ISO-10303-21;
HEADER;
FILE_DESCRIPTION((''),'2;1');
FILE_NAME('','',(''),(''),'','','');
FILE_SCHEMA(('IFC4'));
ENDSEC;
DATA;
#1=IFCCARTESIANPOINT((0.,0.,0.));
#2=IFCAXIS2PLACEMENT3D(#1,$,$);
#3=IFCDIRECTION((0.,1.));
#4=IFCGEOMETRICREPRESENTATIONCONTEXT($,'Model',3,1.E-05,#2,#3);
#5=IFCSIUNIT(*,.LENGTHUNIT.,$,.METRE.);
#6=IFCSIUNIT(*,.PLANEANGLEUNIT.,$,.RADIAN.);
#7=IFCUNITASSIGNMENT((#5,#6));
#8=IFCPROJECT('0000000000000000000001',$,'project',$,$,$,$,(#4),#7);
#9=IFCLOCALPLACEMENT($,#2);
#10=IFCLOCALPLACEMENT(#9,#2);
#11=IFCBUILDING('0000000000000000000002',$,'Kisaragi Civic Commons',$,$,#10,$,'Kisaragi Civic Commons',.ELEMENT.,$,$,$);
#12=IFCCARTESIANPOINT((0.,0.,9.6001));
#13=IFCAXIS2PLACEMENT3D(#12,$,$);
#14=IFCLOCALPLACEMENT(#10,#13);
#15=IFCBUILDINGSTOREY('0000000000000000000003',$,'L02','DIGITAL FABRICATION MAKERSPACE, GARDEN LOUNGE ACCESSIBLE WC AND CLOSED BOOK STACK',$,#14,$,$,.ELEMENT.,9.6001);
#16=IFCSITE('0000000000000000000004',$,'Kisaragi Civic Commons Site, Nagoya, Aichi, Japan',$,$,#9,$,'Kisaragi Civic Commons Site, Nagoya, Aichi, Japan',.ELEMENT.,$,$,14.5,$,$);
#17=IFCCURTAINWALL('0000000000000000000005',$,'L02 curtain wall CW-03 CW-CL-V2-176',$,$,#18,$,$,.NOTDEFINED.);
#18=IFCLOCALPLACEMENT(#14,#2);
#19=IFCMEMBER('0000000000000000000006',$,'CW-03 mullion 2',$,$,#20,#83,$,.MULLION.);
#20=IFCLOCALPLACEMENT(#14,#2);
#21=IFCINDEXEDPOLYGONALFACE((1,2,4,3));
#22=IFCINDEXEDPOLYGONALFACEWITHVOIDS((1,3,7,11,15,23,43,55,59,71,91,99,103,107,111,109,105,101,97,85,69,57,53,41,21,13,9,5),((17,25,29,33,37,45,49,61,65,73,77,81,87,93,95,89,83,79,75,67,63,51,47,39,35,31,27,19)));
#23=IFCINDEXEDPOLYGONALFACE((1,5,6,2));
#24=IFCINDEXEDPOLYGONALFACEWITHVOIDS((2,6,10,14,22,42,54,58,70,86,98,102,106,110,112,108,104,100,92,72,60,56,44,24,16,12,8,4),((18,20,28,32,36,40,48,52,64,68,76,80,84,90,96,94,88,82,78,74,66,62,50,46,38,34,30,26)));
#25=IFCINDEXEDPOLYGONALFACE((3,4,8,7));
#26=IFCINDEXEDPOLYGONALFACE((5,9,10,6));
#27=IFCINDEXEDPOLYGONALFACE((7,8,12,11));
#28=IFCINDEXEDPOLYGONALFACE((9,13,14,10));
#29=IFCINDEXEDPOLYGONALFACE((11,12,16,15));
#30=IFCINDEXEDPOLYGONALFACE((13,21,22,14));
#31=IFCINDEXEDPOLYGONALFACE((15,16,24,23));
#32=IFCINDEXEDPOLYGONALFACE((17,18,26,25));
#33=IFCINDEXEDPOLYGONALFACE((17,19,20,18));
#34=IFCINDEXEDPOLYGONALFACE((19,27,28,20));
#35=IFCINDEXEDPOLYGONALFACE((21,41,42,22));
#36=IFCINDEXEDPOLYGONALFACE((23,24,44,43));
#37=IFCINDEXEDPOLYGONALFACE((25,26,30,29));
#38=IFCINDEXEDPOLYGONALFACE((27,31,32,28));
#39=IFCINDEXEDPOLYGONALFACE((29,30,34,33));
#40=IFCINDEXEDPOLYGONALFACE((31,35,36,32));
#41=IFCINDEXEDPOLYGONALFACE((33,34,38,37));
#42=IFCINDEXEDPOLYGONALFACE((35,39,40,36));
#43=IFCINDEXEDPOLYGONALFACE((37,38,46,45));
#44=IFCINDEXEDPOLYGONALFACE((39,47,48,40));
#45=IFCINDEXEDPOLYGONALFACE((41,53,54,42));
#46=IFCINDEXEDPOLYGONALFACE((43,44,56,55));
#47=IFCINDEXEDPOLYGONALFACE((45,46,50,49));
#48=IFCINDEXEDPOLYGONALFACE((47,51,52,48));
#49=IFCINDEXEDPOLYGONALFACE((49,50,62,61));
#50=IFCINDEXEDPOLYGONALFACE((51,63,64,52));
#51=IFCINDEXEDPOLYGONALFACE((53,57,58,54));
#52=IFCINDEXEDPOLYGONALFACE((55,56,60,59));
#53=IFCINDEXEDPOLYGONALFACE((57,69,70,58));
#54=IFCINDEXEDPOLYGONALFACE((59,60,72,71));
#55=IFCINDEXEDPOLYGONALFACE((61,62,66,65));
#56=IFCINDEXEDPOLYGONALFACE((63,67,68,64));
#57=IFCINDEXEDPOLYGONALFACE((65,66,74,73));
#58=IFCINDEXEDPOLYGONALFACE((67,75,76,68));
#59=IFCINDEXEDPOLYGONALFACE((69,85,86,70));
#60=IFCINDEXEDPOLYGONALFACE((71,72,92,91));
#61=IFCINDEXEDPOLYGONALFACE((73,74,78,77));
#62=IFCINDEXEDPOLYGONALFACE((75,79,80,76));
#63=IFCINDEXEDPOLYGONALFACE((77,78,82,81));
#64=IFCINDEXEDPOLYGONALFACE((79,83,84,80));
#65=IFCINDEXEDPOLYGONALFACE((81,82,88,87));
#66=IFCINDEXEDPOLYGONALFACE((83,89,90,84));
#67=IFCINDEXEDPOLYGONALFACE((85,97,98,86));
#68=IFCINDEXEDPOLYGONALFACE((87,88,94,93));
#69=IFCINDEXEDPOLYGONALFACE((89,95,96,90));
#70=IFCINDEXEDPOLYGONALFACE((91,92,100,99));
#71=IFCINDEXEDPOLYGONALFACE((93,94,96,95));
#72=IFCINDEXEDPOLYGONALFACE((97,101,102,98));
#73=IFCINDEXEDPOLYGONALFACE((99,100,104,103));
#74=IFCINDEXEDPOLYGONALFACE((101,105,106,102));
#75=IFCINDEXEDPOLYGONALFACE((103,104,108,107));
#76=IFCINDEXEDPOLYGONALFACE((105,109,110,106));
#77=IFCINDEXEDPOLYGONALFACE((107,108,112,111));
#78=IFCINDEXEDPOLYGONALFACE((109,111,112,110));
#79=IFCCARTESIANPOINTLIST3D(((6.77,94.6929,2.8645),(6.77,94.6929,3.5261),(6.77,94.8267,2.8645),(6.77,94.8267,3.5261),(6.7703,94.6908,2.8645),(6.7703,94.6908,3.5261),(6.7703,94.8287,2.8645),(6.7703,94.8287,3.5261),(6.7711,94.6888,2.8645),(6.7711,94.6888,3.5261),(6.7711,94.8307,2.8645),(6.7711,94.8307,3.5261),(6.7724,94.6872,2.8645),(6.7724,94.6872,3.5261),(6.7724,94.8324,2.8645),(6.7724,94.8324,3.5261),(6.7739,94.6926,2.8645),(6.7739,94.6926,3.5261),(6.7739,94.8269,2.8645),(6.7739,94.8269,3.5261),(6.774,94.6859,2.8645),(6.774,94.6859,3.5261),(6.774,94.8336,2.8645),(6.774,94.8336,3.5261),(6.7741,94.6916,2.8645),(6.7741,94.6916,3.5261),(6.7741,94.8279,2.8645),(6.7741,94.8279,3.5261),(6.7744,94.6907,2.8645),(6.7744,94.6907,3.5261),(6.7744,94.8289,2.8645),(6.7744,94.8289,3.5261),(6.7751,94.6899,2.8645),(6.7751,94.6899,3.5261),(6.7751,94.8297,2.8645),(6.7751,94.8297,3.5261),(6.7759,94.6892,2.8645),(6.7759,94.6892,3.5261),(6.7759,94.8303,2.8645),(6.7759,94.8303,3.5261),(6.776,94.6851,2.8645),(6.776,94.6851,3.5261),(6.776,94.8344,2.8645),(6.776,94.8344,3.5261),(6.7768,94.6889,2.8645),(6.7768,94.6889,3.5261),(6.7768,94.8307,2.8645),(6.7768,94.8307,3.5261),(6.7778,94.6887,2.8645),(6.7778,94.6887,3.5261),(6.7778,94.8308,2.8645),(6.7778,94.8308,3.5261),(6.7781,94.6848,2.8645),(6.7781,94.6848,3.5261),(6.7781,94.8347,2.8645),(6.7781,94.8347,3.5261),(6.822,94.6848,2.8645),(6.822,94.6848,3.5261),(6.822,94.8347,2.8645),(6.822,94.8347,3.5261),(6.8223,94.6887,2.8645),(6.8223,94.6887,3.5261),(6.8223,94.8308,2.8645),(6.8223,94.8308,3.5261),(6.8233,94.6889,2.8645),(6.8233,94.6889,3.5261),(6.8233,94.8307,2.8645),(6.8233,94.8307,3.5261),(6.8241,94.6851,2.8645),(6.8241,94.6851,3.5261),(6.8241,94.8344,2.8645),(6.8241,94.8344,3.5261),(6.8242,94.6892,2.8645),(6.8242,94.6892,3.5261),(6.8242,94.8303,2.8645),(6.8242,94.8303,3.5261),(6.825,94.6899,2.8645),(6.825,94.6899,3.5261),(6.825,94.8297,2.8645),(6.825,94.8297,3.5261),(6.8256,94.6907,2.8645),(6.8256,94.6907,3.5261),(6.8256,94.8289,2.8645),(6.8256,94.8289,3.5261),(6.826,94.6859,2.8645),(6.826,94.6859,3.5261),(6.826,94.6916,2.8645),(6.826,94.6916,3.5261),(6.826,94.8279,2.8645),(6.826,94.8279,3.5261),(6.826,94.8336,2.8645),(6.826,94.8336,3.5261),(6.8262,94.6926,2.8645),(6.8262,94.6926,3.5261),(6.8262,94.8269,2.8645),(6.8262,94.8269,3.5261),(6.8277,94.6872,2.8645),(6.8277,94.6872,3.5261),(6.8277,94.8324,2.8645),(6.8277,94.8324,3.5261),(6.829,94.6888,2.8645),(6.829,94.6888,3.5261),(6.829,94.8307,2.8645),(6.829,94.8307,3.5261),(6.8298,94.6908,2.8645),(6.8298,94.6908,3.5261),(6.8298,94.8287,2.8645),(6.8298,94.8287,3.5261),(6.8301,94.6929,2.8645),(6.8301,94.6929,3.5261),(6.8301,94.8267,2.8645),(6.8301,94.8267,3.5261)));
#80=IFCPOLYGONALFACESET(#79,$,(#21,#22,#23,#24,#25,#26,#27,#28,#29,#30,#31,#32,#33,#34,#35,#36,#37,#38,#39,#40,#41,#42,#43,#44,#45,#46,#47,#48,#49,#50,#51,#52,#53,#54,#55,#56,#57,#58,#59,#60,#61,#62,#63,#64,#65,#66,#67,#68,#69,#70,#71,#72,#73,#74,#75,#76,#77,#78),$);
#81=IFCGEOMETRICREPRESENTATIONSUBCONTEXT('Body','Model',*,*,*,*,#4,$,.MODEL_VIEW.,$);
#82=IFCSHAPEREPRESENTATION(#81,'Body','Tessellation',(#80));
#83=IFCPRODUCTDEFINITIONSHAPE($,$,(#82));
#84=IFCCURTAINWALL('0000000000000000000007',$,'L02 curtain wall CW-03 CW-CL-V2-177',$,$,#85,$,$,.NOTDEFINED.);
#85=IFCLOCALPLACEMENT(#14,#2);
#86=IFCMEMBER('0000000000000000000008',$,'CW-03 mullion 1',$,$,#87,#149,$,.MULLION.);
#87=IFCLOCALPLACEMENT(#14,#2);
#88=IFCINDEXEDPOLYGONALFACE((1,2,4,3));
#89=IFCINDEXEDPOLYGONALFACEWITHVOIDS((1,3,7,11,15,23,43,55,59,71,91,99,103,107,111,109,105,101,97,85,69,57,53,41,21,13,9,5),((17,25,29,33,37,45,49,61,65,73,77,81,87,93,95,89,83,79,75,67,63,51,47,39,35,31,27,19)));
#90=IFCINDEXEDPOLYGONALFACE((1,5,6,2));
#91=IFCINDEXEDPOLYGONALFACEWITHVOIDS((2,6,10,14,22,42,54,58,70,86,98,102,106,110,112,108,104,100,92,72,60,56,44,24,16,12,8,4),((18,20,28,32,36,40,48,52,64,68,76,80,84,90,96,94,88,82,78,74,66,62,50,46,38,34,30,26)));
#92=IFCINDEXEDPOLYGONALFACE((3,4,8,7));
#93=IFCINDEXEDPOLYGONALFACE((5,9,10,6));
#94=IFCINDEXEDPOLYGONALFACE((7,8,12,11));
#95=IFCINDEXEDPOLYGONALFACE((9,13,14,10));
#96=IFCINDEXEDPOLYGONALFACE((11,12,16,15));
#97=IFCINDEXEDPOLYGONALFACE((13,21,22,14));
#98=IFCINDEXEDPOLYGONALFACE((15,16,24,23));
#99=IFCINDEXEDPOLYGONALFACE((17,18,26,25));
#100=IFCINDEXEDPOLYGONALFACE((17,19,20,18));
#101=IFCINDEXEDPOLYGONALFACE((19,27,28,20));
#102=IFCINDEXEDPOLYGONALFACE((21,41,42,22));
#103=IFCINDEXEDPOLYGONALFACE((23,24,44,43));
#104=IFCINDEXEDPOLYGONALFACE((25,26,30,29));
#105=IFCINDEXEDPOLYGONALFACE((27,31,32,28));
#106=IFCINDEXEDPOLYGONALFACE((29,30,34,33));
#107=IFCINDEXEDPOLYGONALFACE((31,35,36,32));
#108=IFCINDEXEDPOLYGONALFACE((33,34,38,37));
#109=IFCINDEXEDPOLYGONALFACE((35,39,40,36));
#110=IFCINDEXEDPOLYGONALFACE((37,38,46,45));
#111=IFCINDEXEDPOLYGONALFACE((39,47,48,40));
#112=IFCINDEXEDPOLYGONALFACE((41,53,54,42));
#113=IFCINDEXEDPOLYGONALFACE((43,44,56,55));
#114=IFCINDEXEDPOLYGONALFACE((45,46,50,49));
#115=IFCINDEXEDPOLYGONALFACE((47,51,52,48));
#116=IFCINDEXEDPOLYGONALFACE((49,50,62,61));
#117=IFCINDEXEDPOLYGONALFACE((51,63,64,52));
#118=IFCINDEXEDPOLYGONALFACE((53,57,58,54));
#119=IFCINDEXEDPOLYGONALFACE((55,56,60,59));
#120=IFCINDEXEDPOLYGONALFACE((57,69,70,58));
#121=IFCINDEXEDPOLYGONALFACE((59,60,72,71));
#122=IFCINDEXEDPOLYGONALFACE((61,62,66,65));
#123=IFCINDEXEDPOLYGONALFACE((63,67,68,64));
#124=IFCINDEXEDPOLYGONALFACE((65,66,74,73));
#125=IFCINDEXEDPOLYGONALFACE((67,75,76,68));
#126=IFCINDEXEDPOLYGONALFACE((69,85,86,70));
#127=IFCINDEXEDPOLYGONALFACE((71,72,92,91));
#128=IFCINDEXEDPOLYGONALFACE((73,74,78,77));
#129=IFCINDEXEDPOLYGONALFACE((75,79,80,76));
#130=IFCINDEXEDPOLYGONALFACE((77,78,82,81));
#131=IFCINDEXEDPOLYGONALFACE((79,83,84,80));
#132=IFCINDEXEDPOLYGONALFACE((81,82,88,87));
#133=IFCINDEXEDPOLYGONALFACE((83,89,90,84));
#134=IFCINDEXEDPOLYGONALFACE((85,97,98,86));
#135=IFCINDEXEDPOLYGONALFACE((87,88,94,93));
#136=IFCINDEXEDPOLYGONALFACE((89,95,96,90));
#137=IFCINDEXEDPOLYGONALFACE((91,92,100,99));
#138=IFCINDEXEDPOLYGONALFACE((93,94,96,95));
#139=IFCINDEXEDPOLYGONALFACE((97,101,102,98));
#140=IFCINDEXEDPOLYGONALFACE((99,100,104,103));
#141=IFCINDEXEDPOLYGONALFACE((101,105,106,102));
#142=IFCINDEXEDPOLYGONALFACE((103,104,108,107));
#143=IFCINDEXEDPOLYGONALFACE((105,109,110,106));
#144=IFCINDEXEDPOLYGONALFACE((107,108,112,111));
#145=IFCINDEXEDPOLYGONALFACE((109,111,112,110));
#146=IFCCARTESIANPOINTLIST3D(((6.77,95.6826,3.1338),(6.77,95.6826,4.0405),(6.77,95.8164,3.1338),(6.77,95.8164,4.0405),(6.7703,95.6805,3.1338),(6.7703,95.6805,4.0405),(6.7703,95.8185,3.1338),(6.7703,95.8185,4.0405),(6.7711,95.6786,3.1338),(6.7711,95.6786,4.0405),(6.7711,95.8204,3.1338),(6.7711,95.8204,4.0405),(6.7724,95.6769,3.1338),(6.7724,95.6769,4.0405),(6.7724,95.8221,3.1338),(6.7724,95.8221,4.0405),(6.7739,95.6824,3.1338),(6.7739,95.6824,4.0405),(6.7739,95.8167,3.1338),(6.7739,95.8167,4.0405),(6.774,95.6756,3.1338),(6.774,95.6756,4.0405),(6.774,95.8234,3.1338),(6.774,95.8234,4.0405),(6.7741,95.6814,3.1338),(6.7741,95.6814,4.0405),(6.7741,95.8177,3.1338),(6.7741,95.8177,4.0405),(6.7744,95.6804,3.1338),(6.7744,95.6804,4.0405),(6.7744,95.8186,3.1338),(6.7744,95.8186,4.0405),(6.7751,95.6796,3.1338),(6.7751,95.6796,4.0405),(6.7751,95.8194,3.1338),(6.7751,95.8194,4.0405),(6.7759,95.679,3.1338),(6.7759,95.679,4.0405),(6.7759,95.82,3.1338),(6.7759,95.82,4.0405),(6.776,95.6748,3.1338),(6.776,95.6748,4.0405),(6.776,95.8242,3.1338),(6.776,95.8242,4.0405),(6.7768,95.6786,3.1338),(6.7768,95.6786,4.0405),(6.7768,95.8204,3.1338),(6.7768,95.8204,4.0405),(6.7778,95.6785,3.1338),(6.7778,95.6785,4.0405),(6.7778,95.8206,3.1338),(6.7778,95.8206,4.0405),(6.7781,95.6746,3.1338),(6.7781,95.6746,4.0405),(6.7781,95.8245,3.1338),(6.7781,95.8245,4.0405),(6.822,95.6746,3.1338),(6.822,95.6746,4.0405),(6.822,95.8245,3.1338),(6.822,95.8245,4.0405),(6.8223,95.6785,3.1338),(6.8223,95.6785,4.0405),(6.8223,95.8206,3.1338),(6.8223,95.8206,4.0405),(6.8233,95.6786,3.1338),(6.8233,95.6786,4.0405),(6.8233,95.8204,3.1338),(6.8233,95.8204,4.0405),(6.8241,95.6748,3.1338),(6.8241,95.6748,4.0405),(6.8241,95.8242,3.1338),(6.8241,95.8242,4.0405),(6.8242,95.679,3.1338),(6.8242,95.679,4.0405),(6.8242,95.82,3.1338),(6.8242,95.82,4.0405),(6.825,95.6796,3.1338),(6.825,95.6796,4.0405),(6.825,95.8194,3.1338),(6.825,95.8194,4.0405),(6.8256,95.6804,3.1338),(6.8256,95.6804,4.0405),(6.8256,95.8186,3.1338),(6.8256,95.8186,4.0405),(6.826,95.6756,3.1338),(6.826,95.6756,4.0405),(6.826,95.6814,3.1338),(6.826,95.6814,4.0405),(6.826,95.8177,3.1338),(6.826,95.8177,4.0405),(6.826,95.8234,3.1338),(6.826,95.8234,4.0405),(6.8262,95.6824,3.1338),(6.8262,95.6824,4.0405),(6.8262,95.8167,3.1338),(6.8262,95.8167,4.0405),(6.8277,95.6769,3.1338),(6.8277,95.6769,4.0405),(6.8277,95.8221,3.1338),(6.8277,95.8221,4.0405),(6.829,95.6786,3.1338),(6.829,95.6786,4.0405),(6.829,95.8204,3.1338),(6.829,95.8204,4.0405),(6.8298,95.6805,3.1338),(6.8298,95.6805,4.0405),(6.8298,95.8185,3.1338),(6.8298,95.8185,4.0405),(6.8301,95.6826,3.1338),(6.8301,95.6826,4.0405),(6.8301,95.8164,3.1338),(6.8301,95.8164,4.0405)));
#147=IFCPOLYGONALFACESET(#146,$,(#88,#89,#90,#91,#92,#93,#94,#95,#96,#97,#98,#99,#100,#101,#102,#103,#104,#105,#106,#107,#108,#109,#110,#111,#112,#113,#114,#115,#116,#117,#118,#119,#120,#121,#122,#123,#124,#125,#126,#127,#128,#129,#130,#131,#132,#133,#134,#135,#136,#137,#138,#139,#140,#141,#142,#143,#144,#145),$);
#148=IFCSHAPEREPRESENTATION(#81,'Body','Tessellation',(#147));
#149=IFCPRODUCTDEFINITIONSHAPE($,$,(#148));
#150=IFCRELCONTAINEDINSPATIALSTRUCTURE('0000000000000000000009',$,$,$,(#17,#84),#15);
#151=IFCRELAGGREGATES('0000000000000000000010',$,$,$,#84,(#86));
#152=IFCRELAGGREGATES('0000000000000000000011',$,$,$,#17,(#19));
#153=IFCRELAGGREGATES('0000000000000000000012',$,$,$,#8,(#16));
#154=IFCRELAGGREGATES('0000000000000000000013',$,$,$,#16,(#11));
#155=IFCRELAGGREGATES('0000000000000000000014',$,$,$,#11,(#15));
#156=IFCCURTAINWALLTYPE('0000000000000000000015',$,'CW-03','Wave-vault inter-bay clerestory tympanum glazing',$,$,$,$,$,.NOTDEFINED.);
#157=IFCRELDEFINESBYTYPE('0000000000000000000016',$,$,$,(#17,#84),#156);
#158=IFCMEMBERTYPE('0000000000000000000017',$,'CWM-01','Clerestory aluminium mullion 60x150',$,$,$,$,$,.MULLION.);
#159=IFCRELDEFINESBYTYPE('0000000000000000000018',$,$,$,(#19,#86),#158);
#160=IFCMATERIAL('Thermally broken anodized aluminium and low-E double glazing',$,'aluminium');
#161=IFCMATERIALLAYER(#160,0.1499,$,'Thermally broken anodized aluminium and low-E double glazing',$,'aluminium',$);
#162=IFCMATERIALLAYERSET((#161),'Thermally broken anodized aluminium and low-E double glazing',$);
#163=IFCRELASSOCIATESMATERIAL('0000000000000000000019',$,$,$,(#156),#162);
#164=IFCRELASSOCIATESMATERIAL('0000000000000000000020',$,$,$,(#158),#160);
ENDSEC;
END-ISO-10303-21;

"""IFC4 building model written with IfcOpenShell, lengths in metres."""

from ifc_helpers import new_model, si_unit, direction, frame, origin, origin_2d, place, context, subcontext, project, spatial, hollow_rectangle, extrude, material, layer, layer_set, material_profile, profile_set, type_object, element, aggregate, save


model = new_model("IFC4")

# Units and contexts
model_context = context("Model", 3, precision=1e-05, world=origin(), true_north=direction((0.0, 1.0)))
body_context = subcontext(model_context, "Body", "Model", "MODEL_VIEW")
ifc_project = project(units=[si_unit("LENGTHUNIT", "METRE"), si_unit("PLANEANGLEUNIT", "RADIAN")], contexts=[model_context])

# Site, building, storey
site_placement = place(None, origin())
site = spatial("IfcSite", under=ifc_project, at=site_placement, Name="Kisaragi Civic Commons Site, Nagoya, Aichi, Japan", LongName="Kisaragi Civic Commons Site, Nagoya, Aichi, Japan", CompositionType="ELEMENT", RefElevation=14.5)
building_placement = place(site_placement, origin())
building = spatial("IfcBuilding", under=site, at=building_placement, Name="Kisaragi Civic Commons", LongName="Kisaragi Civic Commons", CompositionType="ELEMENT")
storey_placement = place(building_placement, frame((0.0, 0.0, 9.6001)))
storey = spatial("IfcBuildingStorey", under=building, at=storey_placement, Name="L02", Description="DIGITAL FABRICATION MAKERSPACE, GARDEN LOUNGE ACCESSIBLE WC AND CLOSED BOOK STACK", CompositionType="ELEMENT", Elevation=9.6001)

# Shared definitions
ifc_material_1 = material(Name="Thermally broken anodized aluminium and low-E double glazing", Category="aluminium")
ifc_layer_1 = layer(ifc_material_1, 0.1499, Name="Thermally broken anodized aluminium and low-E double glazing", Category="aluminium")
ifc_layer_set_1 = layer_set([ifc_layer_1], Name="Thermally broken anodized aluminium and low-E double glazing")
curtain_wall_type = type_object("IfcCurtainWallType", Name="CW-03", Description="Wave-vault inter-bay clerestory tympanum glazing", PredefinedType="NOTDEFINED", material=ifc_layer_set_1)
ifc_material_profile_1 = material_profile(ifc_material_1, hollow_rectangle(XDim=0.0601, YDim=0.1499, WallThickness=0.0039, InnerFilletRadius=0.0039, OuterFilletRadius=0.0081, at=origin_2d()), Name="CWM-60x150x4", Category="aluminium")
ifc_profile_set_1 = profile_set([ifc_material_profile_1], Name="Thermally broken anodized aluminium and low-E double glazing")
member_type_1 = type_object("IfcMemberType", Name="CWM-01", Description="Clerestory aluminium mullion 60x150", PredefinedType="MULLION", material=ifc_profile_set_1)

# Curtain wall, member
curtain_wall_1_placement = place(storey_placement, origin())
curtain_wall_1 = element("IfcCurtainWall", 1, at=curtain_wall_1_placement, inside=storey, type_object=curtain_wall_type, Name="L02 curtain wall CW-03 CW-CL-V2-176", PredefinedType="NOTDEFINED")
member_1_placement = place(storey_placement, frame((6.8, 94.7598, 2.8645), z_axis=(0.0, 0.0, 1.0), x_axis=(-1.0, 0.0, 0.0)))
member_1 = element("IfcMember", 2, at=member_1_placement, type_object=member_type_1, Name="CW-03 mullion 2", PredefinedType="MULLION", context=body_context, shape_type="SweptSolid", body=[
    extrude(hollow_rectangle(XDim=0.0601, YDim=0.1499, WallThickness=0.0039, InnerFilletRadius=0.0039, OuterFilletRadius=0.0081, at=origin_2d()), origin(), (0.0, 0.0, 1.0), 0.6616),
])

# Curtain wall, member
curtain_wall_2_placement = place(storey_placement, origin())
curtain_wall_2 = element("IfcCurtainWall", 3, at=curtain_wall_2_placement, inside=storey, type_object=curtain_wall_type, Name="L02 curtain wall CW-03 CW-CL-V2-177", PredefinedType="NOTDEFINED")
member_2_placement = place(storey_placement, frame((6.8, 95.7495, 3.1338), z_axis=(0.0, 0.0, 1.0), x_axis=(-1.0, 0.0, 0.0)))
member_2 = element("IfcMember", 4, at=member_2_placement, type_object=member_type_1, Name="CW-03 mullion 1", PredefinedType="MULLION", context=body_context, shape_type="SweptSolid", body=[
    extrude(hollow_rectangle(XDim=0.0601, YDim=0.1499, WallThickness=0.0039, InnerFilletRadius=0.0039, OuterFilletRadius=0.0081, at=origin_2d()), origin(), (0.0, 0.0, 1.0), 0.9067),
])

aggregate(curtain_wall_2, [member_2])

aggregate(curtain_wall_1, [member_1])

save(model, "model.ifc")
